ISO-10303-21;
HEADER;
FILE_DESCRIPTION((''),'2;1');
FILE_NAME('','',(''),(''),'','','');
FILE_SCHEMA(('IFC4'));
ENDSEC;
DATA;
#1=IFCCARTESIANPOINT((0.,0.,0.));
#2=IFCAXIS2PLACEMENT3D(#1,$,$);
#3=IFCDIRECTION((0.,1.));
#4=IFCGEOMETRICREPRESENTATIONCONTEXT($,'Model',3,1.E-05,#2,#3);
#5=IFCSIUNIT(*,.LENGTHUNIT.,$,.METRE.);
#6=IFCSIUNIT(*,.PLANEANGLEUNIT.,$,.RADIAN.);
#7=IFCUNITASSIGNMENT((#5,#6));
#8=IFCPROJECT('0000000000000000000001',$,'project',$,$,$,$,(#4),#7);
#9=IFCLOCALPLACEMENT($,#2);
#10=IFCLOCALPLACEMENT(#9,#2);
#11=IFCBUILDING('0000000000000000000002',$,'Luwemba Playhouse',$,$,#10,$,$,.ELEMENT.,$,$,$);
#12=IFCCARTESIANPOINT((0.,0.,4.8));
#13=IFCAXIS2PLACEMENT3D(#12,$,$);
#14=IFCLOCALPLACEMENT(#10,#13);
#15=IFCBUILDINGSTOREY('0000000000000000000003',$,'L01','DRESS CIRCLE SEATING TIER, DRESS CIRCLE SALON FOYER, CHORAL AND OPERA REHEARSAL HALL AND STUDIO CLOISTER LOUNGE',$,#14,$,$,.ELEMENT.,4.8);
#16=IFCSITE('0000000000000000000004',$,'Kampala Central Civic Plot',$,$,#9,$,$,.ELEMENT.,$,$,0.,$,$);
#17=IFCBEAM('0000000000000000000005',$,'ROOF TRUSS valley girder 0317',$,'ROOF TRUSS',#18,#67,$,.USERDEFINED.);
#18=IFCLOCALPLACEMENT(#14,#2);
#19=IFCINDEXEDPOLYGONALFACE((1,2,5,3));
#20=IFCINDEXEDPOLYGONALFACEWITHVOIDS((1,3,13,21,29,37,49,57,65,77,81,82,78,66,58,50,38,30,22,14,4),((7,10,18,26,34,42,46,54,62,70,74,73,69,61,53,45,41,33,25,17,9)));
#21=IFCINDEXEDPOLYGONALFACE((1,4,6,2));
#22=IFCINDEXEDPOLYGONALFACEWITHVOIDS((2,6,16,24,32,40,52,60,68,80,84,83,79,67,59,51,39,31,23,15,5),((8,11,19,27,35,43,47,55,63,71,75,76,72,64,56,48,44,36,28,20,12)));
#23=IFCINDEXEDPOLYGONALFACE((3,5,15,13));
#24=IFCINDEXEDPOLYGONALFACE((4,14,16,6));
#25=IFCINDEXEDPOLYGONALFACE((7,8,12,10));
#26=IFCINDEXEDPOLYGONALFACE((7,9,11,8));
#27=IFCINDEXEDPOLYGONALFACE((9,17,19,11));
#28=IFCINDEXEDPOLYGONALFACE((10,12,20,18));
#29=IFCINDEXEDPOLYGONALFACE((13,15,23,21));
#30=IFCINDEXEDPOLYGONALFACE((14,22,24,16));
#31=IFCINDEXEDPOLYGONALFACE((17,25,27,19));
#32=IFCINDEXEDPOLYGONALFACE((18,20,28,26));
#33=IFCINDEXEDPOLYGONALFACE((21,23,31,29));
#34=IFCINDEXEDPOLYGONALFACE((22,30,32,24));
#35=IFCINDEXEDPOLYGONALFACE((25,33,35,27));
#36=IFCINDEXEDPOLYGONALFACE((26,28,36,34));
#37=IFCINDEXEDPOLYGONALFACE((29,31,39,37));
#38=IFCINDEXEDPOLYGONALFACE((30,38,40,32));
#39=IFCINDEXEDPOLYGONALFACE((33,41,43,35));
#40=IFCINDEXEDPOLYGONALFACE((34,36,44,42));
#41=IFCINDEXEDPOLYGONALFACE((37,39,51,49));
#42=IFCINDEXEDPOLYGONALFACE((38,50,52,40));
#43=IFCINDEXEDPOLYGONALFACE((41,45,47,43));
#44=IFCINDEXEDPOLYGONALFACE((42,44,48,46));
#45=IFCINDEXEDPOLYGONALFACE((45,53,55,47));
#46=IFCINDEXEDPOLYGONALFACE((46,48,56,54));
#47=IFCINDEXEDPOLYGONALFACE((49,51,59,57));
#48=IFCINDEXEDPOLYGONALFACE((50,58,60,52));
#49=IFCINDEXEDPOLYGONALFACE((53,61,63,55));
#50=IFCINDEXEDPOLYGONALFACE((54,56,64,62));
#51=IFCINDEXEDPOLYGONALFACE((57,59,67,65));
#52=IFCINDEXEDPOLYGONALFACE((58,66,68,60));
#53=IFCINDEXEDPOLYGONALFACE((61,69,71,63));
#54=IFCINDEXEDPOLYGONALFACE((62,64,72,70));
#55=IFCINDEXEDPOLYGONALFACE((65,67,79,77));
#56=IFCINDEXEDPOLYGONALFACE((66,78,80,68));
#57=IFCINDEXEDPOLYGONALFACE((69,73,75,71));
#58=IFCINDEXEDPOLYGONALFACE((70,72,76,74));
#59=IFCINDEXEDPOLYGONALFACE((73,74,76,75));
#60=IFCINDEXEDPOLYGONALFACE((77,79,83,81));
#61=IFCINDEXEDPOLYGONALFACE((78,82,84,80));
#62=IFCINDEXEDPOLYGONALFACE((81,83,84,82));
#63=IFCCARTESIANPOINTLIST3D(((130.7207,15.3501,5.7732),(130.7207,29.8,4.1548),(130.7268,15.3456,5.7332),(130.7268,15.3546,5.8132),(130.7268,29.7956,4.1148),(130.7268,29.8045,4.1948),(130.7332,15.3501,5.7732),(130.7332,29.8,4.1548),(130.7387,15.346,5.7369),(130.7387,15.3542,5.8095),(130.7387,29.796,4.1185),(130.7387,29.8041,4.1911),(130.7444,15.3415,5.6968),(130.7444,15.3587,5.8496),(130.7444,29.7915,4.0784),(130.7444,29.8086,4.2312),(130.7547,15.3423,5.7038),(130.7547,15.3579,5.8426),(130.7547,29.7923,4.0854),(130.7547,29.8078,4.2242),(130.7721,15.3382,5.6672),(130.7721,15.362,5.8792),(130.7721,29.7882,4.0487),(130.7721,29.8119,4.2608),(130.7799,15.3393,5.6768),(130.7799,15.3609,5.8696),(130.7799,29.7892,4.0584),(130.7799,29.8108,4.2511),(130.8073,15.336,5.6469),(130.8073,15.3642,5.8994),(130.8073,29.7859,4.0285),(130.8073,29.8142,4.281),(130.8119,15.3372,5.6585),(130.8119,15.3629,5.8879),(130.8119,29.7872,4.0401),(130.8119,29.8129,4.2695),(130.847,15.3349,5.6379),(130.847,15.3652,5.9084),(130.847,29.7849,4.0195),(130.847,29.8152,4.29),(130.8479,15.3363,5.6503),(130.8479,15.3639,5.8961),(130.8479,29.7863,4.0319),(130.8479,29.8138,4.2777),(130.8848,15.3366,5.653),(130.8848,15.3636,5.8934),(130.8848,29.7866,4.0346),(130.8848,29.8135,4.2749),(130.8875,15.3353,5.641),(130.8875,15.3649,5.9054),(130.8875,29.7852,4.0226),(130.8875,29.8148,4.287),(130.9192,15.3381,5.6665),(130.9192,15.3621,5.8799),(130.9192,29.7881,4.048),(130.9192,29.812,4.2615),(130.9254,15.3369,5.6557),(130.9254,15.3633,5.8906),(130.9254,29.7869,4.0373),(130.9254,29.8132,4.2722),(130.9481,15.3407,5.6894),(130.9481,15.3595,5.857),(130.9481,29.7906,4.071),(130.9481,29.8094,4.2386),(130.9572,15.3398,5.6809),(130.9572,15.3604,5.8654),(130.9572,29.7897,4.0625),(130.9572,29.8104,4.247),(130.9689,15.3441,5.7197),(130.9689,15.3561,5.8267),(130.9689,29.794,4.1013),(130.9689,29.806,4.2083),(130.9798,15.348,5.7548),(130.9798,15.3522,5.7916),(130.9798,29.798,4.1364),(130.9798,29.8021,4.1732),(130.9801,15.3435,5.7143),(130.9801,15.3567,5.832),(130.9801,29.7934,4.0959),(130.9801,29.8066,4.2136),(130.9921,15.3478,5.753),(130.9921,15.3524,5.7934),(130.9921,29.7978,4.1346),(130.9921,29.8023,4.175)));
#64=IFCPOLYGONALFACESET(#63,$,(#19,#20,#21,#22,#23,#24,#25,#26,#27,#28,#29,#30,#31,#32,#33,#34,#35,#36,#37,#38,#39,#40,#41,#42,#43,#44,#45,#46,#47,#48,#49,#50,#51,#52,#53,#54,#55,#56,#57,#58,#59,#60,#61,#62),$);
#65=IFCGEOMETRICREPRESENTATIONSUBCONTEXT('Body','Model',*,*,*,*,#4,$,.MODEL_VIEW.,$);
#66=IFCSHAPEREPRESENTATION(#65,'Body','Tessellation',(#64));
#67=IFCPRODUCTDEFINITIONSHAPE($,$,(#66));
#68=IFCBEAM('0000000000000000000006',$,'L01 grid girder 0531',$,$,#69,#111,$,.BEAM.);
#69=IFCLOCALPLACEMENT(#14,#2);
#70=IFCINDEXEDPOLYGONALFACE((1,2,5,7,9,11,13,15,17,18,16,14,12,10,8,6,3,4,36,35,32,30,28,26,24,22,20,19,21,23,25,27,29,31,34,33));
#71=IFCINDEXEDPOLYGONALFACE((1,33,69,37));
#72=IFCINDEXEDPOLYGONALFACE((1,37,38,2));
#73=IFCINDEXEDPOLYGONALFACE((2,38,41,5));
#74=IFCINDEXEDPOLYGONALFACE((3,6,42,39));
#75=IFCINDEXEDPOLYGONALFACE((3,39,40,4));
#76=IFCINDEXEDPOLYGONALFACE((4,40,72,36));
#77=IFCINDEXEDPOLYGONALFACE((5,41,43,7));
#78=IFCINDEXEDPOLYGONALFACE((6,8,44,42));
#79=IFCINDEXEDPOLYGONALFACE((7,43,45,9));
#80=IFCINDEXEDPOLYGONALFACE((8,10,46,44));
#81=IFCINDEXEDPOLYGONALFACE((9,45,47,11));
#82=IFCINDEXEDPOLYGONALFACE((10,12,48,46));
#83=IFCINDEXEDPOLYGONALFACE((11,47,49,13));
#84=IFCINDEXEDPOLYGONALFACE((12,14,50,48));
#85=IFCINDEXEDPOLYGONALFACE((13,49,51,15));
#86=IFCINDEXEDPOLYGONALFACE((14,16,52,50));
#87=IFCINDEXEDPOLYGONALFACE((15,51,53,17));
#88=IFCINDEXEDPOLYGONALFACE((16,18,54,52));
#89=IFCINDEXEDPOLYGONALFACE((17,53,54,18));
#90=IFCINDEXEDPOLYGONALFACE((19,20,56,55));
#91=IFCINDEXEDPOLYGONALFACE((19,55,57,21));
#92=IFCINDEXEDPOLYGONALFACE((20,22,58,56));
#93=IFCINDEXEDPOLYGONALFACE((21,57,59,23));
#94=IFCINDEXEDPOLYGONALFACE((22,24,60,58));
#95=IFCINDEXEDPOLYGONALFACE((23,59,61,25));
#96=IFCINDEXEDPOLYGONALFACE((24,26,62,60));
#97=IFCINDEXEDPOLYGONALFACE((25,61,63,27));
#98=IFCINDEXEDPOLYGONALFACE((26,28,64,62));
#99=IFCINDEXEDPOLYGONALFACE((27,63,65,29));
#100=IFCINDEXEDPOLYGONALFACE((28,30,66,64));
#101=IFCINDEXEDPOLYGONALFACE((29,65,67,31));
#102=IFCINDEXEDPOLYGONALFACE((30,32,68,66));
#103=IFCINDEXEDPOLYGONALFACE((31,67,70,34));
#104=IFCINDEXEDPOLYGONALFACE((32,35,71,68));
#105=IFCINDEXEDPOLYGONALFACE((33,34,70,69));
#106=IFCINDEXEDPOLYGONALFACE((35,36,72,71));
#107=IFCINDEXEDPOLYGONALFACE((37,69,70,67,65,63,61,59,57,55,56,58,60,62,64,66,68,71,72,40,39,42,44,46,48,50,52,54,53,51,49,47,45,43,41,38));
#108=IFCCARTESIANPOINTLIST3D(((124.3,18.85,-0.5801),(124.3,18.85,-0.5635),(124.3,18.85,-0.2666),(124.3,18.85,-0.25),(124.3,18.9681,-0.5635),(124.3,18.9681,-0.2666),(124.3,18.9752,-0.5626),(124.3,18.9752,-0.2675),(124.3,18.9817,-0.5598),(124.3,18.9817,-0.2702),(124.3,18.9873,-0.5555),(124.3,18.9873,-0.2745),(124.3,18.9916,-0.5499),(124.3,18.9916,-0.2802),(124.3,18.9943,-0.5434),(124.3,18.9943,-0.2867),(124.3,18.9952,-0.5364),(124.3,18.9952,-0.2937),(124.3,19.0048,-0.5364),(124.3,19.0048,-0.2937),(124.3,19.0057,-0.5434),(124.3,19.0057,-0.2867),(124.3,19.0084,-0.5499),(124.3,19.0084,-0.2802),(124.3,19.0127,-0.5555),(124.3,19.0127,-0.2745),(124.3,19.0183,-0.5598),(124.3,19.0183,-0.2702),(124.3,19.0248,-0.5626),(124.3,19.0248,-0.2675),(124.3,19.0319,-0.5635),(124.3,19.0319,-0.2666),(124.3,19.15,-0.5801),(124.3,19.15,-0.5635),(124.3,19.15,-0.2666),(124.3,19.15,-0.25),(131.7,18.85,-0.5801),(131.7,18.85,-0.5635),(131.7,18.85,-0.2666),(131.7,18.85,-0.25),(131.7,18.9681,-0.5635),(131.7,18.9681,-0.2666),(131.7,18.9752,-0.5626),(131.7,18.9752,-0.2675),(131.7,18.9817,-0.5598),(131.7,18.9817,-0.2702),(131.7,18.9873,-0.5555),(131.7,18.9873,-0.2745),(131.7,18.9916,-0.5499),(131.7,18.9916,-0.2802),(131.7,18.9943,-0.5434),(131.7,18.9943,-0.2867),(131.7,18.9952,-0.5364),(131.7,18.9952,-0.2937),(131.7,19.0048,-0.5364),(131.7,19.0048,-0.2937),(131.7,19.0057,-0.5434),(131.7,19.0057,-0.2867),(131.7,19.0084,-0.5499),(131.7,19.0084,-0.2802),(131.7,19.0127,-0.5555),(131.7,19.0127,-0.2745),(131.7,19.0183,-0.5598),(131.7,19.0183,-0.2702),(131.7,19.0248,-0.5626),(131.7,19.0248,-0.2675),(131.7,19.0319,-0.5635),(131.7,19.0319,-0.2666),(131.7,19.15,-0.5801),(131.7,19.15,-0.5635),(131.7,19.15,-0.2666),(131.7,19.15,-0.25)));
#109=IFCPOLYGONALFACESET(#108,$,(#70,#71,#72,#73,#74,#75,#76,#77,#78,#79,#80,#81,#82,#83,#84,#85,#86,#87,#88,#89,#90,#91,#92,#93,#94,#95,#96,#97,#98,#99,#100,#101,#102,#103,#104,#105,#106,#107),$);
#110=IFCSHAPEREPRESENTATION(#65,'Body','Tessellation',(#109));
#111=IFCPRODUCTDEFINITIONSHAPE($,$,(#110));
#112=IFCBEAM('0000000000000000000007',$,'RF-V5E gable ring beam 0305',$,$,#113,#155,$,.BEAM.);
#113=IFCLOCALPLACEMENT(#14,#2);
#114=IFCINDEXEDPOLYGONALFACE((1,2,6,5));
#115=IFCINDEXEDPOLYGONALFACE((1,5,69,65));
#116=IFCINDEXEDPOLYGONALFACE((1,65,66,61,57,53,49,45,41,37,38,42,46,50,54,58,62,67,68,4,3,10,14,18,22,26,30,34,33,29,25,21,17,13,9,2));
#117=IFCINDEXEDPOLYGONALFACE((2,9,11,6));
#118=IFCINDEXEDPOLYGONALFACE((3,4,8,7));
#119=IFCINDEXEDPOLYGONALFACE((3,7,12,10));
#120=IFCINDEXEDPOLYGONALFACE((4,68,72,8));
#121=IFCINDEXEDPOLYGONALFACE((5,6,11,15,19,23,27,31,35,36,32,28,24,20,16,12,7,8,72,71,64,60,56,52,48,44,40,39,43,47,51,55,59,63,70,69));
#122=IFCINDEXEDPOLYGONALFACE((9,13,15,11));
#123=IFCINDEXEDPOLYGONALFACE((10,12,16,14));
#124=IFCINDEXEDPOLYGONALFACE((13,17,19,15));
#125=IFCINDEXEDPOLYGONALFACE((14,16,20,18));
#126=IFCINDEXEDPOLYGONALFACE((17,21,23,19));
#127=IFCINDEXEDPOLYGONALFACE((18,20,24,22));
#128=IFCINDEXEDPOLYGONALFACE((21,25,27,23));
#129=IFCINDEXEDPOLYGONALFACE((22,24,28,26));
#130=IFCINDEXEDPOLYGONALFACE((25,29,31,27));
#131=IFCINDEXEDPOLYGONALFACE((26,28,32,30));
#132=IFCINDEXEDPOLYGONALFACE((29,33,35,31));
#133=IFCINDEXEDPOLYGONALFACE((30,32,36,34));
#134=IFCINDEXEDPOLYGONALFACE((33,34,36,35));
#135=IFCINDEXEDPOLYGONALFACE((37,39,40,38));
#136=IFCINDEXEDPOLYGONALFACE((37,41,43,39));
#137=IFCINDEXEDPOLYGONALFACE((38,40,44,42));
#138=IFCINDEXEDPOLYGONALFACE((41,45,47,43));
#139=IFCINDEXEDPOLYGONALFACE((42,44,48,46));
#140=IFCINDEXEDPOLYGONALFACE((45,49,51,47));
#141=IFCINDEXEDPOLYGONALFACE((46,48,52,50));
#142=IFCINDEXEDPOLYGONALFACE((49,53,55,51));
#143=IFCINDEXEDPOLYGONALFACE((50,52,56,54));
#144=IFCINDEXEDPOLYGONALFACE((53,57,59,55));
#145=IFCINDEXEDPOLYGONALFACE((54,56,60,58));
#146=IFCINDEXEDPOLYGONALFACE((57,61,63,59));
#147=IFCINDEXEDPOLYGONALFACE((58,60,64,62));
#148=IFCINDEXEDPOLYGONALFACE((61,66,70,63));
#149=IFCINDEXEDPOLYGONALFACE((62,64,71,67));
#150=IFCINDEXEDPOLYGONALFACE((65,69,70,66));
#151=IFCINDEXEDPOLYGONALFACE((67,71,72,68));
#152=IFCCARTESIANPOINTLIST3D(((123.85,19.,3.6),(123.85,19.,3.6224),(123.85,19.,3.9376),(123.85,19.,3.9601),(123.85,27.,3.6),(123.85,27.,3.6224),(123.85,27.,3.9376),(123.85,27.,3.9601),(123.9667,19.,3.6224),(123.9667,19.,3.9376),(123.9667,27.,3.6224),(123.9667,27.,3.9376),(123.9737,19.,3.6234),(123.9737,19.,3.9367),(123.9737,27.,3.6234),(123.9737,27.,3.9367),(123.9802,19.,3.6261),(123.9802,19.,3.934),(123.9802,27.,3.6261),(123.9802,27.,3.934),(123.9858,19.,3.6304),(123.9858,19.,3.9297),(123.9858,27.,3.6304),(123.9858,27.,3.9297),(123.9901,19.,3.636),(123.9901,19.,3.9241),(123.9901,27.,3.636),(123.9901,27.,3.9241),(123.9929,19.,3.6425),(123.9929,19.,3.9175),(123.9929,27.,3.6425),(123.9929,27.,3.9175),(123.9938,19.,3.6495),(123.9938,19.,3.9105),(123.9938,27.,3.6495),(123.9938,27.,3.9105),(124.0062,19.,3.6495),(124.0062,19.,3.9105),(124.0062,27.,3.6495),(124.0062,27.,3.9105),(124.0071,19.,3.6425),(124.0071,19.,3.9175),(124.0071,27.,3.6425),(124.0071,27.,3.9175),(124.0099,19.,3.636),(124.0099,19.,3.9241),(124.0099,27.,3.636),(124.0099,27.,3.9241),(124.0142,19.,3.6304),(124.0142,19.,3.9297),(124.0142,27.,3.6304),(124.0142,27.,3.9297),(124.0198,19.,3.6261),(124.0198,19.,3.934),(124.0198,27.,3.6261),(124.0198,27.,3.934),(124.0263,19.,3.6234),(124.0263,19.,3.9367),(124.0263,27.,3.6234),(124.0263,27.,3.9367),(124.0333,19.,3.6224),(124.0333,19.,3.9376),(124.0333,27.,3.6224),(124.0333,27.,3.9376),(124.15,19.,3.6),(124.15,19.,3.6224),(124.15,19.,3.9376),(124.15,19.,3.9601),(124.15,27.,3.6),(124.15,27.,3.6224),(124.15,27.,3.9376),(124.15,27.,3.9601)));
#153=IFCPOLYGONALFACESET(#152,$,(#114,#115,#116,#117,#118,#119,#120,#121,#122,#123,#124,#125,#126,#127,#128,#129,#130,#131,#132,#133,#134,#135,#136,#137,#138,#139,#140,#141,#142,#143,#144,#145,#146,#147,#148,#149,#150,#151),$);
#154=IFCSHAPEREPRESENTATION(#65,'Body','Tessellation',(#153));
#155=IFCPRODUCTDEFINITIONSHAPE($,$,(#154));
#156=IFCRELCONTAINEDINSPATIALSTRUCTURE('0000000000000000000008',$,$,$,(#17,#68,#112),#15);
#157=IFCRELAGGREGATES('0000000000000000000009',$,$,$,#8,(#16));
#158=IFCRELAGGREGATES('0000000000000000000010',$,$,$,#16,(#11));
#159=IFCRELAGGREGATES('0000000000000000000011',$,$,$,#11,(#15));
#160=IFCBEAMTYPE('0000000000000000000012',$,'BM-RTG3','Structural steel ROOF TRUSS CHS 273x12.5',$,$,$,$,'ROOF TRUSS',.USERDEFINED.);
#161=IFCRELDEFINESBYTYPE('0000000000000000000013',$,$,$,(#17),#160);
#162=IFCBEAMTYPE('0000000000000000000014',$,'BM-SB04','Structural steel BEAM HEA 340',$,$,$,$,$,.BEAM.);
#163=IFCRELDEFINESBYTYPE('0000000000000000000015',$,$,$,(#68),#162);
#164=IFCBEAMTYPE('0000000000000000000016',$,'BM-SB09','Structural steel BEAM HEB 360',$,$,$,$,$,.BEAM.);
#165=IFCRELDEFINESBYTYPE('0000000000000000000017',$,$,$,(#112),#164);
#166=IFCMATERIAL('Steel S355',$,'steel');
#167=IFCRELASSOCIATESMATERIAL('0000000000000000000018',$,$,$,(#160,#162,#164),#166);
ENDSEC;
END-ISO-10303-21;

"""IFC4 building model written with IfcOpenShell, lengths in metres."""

from ifc_helpers import new_model, si_unit, direction, frame, origin, origin_2d, place, context, subcontext, project, spatial, hollow_circle, i_section, extrude, material, material_profile, profile_set, type_object, element, save


model = new_model("IFC4")

# Units and contexts
model_context = context("Model", 3, precision=1e-05, world=origin(), true_north=direction((0.0, 1.0)))
body_context = subcontext(model_context, "Body", "Model", "MODEL_VIEW")
ifc_project = project(units=[si_unit("LENGTHUNIT", "METRE"), si_unit("PLANEANGLEUNIT", "RADIAN")], contexts=[model_context])

# Site, building, storey
site_placement = place(None, origin())
site = spatial("IfcSite", under=ifc_project, at=site_placement, Name="Kampala Central Civic Plot", CompositionType="ELEMENT", RefElevation=0.0)
building_placement = place(site_placement, origin())
building = spatial("IfcBuilding", under=site, at=building_placement, Name="Luwemba Playhouse", CompositionType="ELEMENT")
storey_placement = place(building_placement, frame((0.0, 0.0, 4.8)))
storey = spatial("IfcBuildingStorey", under=building, at=storey_placement, Name="L01", Description="DRESS CIRCLE SEATING TIER, DRESS CIRCLE SALON FOYER, CHORAL AND OPERA REHEARSAL HALL AND STUDIO CLOISTER LOUNGE", CompositionType="ELEMENT", Elevation=4.8)

# Beams
ifc_material_1 = material(Name="Steel S355", Category="steel")
ifc_material_profile_1 = material_profile(ifc_material_1, hollow_circle(Radius=0.1365, WallThickness=0.0125, at=origin_2d()))
ifc_profile_set_1 = profile_set([ifc_material_profile_1], Name="Steel S355")
beam_type_1 = type_object("IfcBeamType", Name="BM-RTG3", Description="Structural steel ROOF TRUSS CHS 273x12.5", ElementType="ROOF TRUSS", PredefinedType="USERDEFINED", material=ifc_profile_set_1)
beam_1_placement = place(storey_placement, frame((130.8572, 15.3501, 5.7732), z_axis=(0.0, 0.993786, -0.111305), x_axis=(-1.0, 0.0, 0.0)))
element("IfcBeam", 1, at=beam_1_placement, inside=storey, type_object=beam_type_1, Name="ROOF TRUSS valley girder 0317", ObjectType="ROOF TRUSS", PredefinedType="USERDEFINED", context=body_context, shape_type="SweptSolid", body=[
    extrude(hollow_circle(Radius=0.1365, WallThickness=0.0125, at=origin_2d()), origin(), (0.0, 0.0, 1.0), 14.5403),
])
ifc_material_profile_2 = material_profile(ifc_material_1, i_section(OverallWidth=0.3, OverallDepth=0.3301, WebThickness=0.0095, FlangeThickness=0.0166, FilletRadius=0.0271, at=origin_2d()))
ifc_profile_set_2 = profile_set([ifc_material_profile_2], Name="Steel S355")
beam_type_2 = type_object("IfcBeamType", Name="BM-SB04", Description="Structural steel BEAM HEA 340", PredefinedType="BEAM", material=ifc_profile_set_2)
beam_2_placement = place(storey_placement, frame((124.3, 19.0, -0.415), z_axis=(1.0, 0.0, 0.0), x_axis=(0.0, 1.0, 0.0)))
element("IfcBeam", 2, at=beam_2_placement, inside=storey, type_object=beam_type_2, Name="L01 grid girder 0531", PredefinedType="BEAM", context=body_context, shape_type="SweptSolid", body=[
    extrude(i_section(OverallWidth=0.3, OverallDepth=0.3301, WebThickness=0.0095, FlangeThickness=0.0166, FilletRadius=0.0271, at=origin_2d()), origin(), (0.0, 0.0, 1.0), 7.3999),
])
ifc_material_profile_3 = material_profile(ifc_material_1, i_section(OverallWidth=0.3, OverallDepth=0.3601, WebThickness=0.0125, FlangeThickness=0.0225, FilletRadius=0.0271, at=origin_2d()))
ifc_profile_set_3 = profile_set([ifc_material_profile_3], Name="Steel S355")
beam_type_3 = type_object("IfcBeamType", Name="BM-SB09", Description="Structural steel BEAM HEB 360", PredefinedType="BEAM", material=ifc_profile_set_3)
beam_3_placement = place(storey_placement, frame((124.0, 19.0, 3.78), z_axis=(0.0, 1.0, 0.0), x_axis=(-1.0, 0.0, 0.0)))
element("IfcBeam", 3, at=beam_3_placement, inside=storey, type_object=beam_type_3, Name="RF-V5E gable ring beam 0305", PredefinedType="BEAM", context=body_context, shape_type="SweptSolid", body=[
    extrude(i_section(OverallWidth=0.3, OverallDepth=0.3601, WebThickness=0.0125, FlangeThickness=0.0225, FilletRadius=0.0271, at=origin_2d()), origin(), (0.0, 0.0, 1.0), 8.0),
])

save(model, "model.ifc")
